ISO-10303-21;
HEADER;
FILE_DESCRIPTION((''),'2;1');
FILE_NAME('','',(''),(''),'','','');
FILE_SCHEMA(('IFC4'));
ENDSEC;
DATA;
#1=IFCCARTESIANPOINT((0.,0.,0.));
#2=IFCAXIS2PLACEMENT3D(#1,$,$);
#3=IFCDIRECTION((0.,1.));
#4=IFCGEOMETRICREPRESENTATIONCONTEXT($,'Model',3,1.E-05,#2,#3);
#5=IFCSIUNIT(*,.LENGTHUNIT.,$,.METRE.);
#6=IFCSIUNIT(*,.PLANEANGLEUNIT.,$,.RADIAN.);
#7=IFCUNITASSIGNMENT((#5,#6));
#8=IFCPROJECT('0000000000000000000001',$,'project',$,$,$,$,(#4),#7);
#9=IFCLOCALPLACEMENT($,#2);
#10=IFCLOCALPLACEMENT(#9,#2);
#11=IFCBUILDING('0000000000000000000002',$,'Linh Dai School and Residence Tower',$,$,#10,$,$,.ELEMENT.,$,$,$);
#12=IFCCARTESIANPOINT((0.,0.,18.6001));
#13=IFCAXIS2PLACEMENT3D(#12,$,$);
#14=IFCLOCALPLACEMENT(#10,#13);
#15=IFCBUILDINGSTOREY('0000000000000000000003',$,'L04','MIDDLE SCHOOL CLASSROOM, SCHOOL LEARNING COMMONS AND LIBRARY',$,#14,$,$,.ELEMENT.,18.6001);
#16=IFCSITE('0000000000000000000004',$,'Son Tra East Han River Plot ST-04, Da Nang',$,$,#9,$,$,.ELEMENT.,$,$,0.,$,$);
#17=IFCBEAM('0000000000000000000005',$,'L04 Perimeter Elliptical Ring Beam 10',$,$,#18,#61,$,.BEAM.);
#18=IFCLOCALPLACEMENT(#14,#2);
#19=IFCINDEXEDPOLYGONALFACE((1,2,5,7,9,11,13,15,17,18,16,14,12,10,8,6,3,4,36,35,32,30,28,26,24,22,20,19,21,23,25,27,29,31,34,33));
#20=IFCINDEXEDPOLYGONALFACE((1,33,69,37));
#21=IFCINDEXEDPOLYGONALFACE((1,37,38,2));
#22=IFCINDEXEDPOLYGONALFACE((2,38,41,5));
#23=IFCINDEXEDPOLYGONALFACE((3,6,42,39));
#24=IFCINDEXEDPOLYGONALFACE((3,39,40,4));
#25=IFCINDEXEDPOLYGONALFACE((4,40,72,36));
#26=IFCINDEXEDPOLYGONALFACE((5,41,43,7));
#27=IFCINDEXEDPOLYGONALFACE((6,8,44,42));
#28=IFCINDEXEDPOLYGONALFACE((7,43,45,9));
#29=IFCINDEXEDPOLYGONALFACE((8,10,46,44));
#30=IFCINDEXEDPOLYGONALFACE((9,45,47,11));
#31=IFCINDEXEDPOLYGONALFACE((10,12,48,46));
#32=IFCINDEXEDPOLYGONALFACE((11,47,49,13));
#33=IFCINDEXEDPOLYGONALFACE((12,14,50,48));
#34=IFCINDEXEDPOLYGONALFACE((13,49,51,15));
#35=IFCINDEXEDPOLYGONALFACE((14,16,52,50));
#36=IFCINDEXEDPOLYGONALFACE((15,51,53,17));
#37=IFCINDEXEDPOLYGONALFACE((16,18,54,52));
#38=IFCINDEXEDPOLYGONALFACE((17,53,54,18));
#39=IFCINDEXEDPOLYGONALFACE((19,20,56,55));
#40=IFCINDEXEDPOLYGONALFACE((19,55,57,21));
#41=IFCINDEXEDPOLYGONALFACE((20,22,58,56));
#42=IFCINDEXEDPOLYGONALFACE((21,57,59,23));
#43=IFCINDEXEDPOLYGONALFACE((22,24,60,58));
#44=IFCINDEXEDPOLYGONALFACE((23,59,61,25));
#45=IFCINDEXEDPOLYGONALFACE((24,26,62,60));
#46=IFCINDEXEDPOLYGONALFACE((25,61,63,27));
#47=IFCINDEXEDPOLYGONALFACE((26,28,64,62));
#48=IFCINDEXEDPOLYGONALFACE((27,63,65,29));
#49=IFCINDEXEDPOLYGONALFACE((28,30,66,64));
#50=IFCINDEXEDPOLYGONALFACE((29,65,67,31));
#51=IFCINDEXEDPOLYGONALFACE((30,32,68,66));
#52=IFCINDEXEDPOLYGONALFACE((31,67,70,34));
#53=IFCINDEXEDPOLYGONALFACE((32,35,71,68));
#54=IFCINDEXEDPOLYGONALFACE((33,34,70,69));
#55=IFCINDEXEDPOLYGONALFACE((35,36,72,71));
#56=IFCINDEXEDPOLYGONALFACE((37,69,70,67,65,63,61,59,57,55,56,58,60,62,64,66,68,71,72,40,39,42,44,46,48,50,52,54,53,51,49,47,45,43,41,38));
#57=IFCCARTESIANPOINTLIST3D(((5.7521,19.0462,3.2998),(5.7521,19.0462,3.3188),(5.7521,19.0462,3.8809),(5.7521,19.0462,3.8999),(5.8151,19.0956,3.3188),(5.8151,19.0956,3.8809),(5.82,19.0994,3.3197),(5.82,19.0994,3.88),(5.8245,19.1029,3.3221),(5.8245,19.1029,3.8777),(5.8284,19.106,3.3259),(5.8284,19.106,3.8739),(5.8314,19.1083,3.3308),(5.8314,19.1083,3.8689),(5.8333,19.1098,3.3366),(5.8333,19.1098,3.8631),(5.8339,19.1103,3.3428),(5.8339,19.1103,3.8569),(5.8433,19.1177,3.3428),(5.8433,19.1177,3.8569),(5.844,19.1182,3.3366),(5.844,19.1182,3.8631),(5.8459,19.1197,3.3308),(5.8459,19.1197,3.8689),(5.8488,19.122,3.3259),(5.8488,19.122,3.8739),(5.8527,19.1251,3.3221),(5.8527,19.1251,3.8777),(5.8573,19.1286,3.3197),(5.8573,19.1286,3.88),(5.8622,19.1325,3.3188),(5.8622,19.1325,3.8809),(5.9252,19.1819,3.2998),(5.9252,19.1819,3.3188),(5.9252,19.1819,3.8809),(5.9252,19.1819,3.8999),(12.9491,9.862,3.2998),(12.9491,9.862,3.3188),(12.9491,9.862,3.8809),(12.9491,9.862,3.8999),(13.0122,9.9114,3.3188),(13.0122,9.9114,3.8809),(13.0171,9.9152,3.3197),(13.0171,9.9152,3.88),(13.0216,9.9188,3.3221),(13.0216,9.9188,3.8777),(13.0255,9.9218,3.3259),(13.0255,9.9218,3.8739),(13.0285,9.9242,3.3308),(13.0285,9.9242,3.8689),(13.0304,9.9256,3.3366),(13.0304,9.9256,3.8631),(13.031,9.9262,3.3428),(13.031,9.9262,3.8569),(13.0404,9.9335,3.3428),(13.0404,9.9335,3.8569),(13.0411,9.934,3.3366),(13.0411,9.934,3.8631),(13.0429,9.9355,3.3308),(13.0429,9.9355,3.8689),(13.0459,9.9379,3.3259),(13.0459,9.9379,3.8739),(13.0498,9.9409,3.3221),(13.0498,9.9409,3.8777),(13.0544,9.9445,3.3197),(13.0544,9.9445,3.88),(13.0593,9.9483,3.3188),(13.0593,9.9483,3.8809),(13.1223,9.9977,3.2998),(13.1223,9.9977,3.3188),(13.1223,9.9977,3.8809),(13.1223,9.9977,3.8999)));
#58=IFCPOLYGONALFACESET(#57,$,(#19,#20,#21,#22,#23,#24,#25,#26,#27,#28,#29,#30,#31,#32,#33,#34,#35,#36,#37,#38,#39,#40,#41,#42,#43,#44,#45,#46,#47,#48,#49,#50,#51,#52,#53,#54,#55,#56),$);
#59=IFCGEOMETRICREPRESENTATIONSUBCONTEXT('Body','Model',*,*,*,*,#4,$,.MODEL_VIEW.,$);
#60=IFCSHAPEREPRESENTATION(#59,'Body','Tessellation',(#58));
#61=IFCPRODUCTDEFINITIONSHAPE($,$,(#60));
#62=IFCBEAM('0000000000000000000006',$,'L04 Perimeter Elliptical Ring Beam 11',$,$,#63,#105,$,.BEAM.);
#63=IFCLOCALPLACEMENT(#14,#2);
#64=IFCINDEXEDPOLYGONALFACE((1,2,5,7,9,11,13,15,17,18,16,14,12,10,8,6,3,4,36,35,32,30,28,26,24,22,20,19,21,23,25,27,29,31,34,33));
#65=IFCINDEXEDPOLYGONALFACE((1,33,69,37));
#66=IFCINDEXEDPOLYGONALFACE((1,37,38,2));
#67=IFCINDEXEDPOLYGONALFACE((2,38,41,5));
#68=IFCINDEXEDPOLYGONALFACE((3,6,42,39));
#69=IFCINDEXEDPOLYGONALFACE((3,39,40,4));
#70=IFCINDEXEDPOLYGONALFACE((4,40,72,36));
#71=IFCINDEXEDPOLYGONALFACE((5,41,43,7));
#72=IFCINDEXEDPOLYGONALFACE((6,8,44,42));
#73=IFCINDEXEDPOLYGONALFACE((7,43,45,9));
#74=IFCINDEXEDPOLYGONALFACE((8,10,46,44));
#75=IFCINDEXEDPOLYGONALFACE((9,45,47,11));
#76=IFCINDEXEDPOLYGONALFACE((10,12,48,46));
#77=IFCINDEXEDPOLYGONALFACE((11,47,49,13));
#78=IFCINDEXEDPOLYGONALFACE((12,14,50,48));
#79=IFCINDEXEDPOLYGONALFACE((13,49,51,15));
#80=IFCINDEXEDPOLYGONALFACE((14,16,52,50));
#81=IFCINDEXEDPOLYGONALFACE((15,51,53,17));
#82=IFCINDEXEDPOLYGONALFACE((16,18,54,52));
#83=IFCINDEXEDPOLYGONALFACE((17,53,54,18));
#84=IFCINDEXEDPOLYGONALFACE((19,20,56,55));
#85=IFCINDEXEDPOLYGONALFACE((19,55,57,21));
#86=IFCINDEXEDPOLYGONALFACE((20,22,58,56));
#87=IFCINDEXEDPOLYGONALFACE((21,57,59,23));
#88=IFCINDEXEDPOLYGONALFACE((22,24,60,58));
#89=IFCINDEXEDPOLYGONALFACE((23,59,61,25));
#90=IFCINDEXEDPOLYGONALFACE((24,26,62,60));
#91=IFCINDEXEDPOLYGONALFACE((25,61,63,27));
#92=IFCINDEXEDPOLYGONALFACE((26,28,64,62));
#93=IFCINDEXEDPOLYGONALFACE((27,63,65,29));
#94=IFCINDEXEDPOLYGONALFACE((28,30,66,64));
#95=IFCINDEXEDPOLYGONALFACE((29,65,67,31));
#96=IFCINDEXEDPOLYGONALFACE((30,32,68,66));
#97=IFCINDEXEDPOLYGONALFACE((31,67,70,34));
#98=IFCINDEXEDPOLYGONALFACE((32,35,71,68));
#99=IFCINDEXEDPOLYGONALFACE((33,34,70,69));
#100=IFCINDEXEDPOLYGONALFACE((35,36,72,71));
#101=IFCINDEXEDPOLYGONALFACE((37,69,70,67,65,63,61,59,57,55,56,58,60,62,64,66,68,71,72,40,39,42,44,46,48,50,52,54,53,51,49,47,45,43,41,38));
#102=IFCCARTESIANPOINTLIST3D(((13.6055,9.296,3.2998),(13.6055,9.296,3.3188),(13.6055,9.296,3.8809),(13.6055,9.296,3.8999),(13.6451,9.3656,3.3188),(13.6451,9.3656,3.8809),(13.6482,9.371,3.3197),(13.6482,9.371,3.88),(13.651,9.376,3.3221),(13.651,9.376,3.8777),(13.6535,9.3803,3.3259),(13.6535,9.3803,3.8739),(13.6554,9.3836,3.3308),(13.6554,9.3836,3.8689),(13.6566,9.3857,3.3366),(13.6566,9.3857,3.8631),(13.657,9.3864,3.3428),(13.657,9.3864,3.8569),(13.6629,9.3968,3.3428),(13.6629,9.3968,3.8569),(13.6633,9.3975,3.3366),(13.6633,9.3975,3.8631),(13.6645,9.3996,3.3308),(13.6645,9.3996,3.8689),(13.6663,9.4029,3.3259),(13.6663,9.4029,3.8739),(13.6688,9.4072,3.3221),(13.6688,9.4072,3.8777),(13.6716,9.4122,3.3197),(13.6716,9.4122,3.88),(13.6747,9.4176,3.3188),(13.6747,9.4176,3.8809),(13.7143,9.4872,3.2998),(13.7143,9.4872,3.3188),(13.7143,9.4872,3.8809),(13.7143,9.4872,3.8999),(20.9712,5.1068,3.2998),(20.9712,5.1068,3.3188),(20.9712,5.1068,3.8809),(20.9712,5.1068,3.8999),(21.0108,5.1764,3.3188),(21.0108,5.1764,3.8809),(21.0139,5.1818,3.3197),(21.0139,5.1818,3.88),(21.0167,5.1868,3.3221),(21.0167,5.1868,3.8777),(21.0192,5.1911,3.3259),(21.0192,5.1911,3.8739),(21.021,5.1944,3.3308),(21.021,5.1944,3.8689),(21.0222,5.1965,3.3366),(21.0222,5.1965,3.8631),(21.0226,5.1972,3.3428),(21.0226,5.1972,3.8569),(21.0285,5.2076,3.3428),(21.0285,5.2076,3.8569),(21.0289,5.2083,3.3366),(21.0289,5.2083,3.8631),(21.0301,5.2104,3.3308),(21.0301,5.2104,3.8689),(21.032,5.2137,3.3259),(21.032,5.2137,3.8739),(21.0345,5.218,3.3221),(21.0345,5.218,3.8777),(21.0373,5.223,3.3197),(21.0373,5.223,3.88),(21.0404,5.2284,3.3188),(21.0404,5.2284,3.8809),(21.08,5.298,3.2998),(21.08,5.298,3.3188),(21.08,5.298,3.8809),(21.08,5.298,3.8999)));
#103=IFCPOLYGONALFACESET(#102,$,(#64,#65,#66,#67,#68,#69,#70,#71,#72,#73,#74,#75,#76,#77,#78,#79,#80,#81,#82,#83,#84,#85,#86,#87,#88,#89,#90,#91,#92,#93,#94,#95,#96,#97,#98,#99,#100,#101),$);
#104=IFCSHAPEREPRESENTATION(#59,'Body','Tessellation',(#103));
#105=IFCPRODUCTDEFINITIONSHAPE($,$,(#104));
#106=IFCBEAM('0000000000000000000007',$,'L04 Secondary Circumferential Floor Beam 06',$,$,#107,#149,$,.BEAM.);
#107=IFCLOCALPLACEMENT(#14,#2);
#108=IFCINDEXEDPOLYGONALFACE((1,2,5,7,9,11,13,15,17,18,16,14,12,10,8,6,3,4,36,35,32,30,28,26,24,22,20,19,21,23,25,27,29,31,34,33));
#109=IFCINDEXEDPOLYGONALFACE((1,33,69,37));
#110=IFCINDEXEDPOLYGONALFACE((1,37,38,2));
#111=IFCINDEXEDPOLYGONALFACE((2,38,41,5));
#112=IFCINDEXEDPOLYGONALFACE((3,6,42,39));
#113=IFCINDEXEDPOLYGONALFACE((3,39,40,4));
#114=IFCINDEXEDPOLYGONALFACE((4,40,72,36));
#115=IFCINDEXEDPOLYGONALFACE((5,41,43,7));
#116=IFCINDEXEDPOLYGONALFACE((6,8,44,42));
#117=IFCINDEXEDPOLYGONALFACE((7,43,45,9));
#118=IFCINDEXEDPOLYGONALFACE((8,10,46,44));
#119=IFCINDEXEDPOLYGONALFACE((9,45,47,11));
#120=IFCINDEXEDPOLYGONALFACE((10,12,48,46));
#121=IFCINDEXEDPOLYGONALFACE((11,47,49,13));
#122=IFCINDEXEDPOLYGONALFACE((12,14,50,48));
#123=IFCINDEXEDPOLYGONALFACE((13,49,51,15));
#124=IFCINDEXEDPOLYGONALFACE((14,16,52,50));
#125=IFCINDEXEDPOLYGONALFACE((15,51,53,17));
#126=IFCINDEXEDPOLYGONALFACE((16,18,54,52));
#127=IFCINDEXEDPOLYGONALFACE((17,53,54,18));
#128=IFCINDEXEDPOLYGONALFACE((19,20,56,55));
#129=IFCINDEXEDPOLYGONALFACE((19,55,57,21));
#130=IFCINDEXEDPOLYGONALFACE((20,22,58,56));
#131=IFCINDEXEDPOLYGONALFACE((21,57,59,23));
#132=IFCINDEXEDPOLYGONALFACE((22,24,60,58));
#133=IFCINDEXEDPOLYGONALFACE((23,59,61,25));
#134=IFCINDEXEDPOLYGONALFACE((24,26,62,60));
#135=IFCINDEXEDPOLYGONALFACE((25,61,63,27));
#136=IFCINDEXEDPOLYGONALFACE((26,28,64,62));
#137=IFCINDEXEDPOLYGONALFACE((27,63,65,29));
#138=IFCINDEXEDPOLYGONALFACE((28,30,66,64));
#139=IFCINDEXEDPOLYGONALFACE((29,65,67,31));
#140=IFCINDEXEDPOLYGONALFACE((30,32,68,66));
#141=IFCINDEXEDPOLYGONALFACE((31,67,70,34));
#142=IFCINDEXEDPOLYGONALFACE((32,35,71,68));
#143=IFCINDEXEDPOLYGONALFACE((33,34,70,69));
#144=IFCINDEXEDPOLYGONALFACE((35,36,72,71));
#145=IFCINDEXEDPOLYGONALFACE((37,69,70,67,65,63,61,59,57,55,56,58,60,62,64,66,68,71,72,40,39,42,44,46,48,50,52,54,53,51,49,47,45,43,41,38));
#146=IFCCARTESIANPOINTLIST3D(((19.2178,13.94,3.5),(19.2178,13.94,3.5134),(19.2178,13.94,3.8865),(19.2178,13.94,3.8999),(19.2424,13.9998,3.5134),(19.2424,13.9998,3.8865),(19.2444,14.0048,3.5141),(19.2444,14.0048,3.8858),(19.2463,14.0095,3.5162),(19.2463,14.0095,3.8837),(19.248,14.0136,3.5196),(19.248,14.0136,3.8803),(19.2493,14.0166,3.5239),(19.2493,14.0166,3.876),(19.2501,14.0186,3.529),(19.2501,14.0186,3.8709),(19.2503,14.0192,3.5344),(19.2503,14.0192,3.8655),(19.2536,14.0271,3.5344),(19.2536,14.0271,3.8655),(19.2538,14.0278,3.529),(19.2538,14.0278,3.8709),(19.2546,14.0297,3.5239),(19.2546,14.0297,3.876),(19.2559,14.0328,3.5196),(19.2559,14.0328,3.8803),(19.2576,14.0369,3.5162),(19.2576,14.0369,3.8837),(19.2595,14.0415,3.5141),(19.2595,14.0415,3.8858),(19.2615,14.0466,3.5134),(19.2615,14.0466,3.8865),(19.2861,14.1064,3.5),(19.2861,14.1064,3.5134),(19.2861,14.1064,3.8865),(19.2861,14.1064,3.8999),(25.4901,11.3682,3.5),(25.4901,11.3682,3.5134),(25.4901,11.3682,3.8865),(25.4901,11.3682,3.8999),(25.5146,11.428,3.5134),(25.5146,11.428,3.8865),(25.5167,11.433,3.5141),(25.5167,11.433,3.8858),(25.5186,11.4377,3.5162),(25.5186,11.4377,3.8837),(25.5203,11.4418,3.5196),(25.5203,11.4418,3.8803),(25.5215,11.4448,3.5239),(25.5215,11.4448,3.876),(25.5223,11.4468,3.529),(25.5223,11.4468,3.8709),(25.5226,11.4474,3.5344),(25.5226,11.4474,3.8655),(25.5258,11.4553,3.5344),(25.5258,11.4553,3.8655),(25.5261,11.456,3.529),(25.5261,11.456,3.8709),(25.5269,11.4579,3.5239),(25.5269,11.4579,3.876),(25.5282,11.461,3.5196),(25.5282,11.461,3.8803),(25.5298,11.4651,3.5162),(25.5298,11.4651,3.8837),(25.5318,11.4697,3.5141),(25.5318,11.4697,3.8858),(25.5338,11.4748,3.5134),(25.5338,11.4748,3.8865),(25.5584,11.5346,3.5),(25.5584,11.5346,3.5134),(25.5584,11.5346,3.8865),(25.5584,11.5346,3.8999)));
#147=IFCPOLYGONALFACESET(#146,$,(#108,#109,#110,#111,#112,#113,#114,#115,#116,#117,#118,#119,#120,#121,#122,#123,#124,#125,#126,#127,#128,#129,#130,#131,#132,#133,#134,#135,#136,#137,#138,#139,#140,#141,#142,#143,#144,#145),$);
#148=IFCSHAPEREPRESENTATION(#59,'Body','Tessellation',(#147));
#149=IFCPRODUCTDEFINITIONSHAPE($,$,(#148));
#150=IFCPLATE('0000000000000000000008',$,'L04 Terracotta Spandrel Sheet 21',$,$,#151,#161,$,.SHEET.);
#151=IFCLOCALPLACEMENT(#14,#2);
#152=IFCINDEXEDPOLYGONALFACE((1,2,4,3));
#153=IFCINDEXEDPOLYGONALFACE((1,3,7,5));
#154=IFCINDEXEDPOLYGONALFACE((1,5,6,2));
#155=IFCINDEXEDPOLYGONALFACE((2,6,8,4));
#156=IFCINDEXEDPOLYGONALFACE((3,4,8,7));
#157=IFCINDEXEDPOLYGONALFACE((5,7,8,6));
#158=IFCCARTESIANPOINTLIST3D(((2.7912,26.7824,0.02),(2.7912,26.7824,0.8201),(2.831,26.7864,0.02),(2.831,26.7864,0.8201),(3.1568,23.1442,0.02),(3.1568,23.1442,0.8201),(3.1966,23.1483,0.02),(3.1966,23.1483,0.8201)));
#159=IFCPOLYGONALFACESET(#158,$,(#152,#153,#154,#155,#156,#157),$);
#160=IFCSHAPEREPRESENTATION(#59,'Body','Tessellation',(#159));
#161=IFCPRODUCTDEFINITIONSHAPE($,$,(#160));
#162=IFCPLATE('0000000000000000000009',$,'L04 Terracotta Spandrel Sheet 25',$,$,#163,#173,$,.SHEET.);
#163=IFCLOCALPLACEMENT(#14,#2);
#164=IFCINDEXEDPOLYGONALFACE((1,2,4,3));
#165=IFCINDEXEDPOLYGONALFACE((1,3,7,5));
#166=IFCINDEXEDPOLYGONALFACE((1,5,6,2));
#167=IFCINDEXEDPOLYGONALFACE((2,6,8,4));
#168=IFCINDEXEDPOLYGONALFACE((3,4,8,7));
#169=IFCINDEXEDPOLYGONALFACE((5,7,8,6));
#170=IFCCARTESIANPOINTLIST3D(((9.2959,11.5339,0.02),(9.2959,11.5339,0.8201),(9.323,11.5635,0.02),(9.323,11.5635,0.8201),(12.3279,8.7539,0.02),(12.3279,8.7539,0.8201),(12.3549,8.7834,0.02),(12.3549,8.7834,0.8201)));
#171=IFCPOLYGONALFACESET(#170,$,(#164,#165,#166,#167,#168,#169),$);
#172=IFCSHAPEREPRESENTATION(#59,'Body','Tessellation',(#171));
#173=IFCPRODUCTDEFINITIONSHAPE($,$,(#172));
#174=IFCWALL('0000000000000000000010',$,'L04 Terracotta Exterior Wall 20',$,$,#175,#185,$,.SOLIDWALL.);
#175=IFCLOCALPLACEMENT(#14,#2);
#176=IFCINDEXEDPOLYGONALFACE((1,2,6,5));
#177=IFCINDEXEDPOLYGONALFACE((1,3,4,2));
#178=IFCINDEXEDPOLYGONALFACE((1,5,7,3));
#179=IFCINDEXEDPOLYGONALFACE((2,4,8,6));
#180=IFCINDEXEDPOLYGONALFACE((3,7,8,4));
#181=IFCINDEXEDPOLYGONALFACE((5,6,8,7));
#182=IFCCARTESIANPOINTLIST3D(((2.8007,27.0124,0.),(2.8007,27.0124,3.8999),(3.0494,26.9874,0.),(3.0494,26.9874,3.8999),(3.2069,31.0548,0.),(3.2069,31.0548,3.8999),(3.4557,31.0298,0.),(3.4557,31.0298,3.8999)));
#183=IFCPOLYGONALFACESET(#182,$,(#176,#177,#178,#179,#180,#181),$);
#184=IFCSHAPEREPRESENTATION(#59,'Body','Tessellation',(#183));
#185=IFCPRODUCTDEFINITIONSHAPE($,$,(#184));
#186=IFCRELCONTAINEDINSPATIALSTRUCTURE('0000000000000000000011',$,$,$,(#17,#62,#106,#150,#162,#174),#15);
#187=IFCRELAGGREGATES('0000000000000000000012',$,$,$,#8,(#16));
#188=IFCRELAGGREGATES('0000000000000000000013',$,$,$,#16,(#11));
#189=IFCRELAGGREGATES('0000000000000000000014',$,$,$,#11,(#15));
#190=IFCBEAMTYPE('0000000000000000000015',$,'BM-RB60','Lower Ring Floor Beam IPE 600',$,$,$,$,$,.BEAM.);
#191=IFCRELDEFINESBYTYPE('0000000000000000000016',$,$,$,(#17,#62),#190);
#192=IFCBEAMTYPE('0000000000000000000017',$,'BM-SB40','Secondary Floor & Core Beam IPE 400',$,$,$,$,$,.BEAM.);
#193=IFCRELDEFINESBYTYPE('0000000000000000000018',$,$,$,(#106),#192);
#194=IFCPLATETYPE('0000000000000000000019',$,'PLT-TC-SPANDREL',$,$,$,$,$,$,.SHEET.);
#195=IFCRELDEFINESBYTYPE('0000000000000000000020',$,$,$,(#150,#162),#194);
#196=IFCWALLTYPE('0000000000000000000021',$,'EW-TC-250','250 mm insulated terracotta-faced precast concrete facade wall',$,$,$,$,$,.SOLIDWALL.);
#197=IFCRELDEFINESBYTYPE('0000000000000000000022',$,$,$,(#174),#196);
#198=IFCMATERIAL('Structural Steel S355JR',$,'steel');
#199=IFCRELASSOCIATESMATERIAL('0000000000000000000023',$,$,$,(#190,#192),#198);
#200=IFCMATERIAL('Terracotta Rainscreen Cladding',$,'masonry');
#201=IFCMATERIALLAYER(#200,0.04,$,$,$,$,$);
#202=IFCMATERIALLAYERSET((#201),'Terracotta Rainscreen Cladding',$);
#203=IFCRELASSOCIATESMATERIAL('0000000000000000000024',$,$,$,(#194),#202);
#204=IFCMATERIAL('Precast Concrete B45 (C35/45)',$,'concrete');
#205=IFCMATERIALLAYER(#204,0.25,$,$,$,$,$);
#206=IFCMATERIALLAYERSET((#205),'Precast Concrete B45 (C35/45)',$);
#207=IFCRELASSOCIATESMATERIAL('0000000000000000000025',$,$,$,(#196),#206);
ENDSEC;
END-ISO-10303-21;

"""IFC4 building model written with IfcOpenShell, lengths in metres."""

from ifc_helpers import new_model, si_unit, direction, frame, frame_2d, origin, origin_2d, place, context, subcontext, project, spatial, rectangle, i_section, extrude, source, transform, mapped, material, layer, layer_set, material_profile, profile_set, type_object, element, save


model = new_model("IFC4")

# Units and contexts
model_context = context("Model", 3, precision=1e-05, world=origin(), true_north=direction((0.0, 1.0)))
body_context = subcontext(model_context, "Body", "Model", "MODEL_VIEW")
ifc_project = project(units=[si_unit("LENGTHUNIT", "METRE"), si_unit("PLANEANGLEUNIT", "RADIAN")], contexts=[model_context])

# Site, building, storey
site_placement = place(None, origin())
site = spatial("IfcSite", under=ifc_project, at=site_placement, Name="Son Tra East Han River Plot ST-04, Da Nang", CompositionType="ELEMENT", RefElevation=0.0)
building_placement = place(site_placement, origin())
building = spatial("IfcBuilding", under=site, at=building_placement, Name="Linh Dai School and Residence Tower", CompositionType="ELEMENT")
storey_placement = place(building_placement, frame((0.0, 0.0, 18.6001)))
storey = spatial("IfcBuildingStorey", under=building, at=storey_placement, Name="L04", Description="MIDDLE SCHOOL CLASSROOM, SCHOOL LEARNING COMMONS AND LIBRARY", CompositionType="ELEMENT", Elevation=18.6001)

# Shared definitions
ifc_material_1 = material(Name="Structural Steel S355JR", Category="steel")

# Beams
ifc_material_profile_1 = material_profile(ifc_material_1, i_section(OverallWidth=0.22, OverallDepth=0.6001, WebThickness=0.012, FlangeThickness=0.019, FilletRadius=0.0239, at=origin_2d()), Name="IPE 600")
ifc_profile_set_1 = profile_set([ifc_material_profile_1], Name="Structural Steel S355JR")
beam_type_1 = type_object("IfcBeamType", Name="BM-RB60", Description="Lower Ring Floor Beam IPE 600", PredefinedType="BEAM", material=ifc_profile_set_1)
beam_1_placement = place(storey_placement, frame((5.8386, 19.114, 3.5999), z_axis=(0.616812, -0.787111, 0.0), x_axis=(0.787111, 0.616812, 0.0)))
element("IfcBeam", 1, at=beam_1_placement, inside=storey, type_object=beam_type_1, Name="L04 Perimeter Elliptical Ring Beam 10", PredefinedType="BEAM", context=body_context, shape_type="SweptSolid", body=[
    extrude(i_section(OverallWidth=0.22, OverallDepth=0.6001, WebThickness=0.012, FlangeThickness=0.019, FilletRadius=0.0239, at=origin_2d()), origin(), (0.0, 0.0, 1.0), 11.6682),
])
beam_2_placement = place(storey_placement, frame((13.6599, 9.3916, 3.5999), z_axis=(0.869247, -0.494379, 0.0), x_axis=(0.494379, 0.869247, 0.0)))
element("IfcBeam", 2, at=beam_2_placement, inside=storey, type_object=beam_type_1, Name="L04 Perimeter Elliptical Ring Beam 11", PredefinedType="BEAM", context=body_context, shape_type="SweptSolid", body=[
    extrude(i_section(OverallWidth=0.22, OverallDepth=0.6001, WebThickness=0.012, FlangeThickness=0.019, FilletRadius=0.0239, at=origin_2d()), origin(), (0.0, 0.0, 1.0), 8.4736),
])
ifc_material_profile_2 = material_profile(ifc_material_1, i_section(OverallWidth=0.1799, OverallDepth=0.3999, WebThickness=0.0085, FlangeThickness=0.0134, FilletRadius=0.021, at=origin_2d()), Name="IPE 400")
ifc_profile_set_2 = profile_set([ifc_material_profile_2], Name="Structural Steel S355JR")
beam_type_2 = type_object("IfcBeamType", Name="BM-SB40", Description="Secondary Floor & Core Beam IPE 400", PredefinedType="BEAM", material=ifc_profile_set_2)
beam_3_placement = place(storey_placement, frame((19.252, 14.0232, 3.7), z_axis=(0.925243, -0.379375, 0.0), x_axis=(0.379375, 0.925243, 0.0)))
element("IfcBeam", 3, at=beam_3_placement, inside=storey, type_object=beam_type_2, Name="L04 Secondary Circumferential Floor Beam 06", PredefinedType="BEAM", context=body_context, shape_type="SweptSolid", body=[
    extrude(i_section(OverallWidth=0.1799, OverallDepth=0.3999, WebThickness=0.0085, FlangeThickness=0.0134, FilletRadius=0.021, at=origin_2d()), origin(), (0.0, 0.0, 1.0), 6.7791),
])

# Plates
ifc_material_2 = material(Name="Terracotta Rainscreen Cladding", Category="masonry")
ifc_layer_1 = layer(ifc_material_2, 0.04)
ifc_layer_set_1 = layer_set([ifc_layer_1], Name="Terracotta Rainscreen Cladding")
plate_type = type_object("IfcPlateType", Name="PLT-TC-SPANDREL", PredefinedType="SHEET", material=ifc_layer_set_1)
shared_shape_1 = source(origin(), body_context, "Body", "SweptSolid", [
    extrude(rectangle(XDim=3.6565, YDim=0.04, at=origin_2d()), origin(), (0.0, 0.0, 1.0), 0.8),
])
plate_1_placement = place(storey_placement, frame((2.9939, 24.9653, 0.02), z_axis=(0.0, 0.0, 1.0), x_axis=(-0.099995, 0.994988, 0.0)))
element("IfcPlate", 4, at=plate_1_placement, inside=storey, type_object=plate_type, Name="L04 Terracotta Spandrel Sheet 21", PredefinedType="SHEET", context=body_context, shape_type="MappedRepresentation", body=[
    mapped(shared_shape_1, transform((0.0, 0.0, 0.0), x_axis=(1.0, 0.0, 0.0), y_axis=(0.0, 1.0, 0.0), z_axis=(0.0, 0.0, 1.0), scale=1.0)),
])
shared_shape_2 = source(origin(), body_context, "Body", "SweptSolid", [
    extrude(rectangle(XDim=4.1135, YDim=0.04, at=origin_2d()), origin(), (0.0, 0.0, 1.0), 0.8),
])
plate_2_placement = place(storey_placement, frame((10.8254, 10.1587, 0.02), z_axis=(0.0, 0.0, 1.0), x_axis=(-0.737062, 0.675825, 0.0)))
element("IfcPlate", 5, at=plate_2_placement, inside=storey, type_object=plate_type, Name="L04 Terracotta Spandrel Sheet 25", PredefinedType="SHEET", context=body_context, shape_type="MappedRepresentation", body=[
    mapped(shared_shape_2, transform((0.0, 0.0, 0.0), x_axis=(1.0, 0.0, 0.0), y_axis=(0.0, 1.0, 0.0), z_axis=(0.0, 0.0, 1.0), scale=1.0)),
])

# Wall
ifc_material_3 = material(Name="Precast Concrete B45 (C35/45)", Category="concrete")
ifc_layer_2 = layer(ifc_material_3, 0.25)
ifc_layer_set_2 = layer_set([ifc_layer_2], Name="Precast Concrete B45 (C35/45)")
wall_type_1 = type_object("IfcWallType", Name="EW-TC-250", Description="250 mm insulated terracotta-faced precast concrete facade wall", PredefinedType="SOLIDWALL", material=ifc_layer_set_2)
for number, where, z_axis, x_axis, name in (
    (6, (2.925, 27.0, 0.0), (0.0, 0.0, 1.0), (0.099992, 0.994988, 0.0), "L04 Terracotta Exterior Wall 20"),
):
    element("IfcWall", number, at=place(storey_placement, frame(where, z_axis=z_axis, x_axis=x_axis)), inside=storey, type_object=wall_type_1, Name=name, PredefinedType="SOLIDWALL", context=body_context, shape_type="SweptSolid", body=[
        extrude(rectangle(XDim=4.0627, YDim=0.25, at=frame_2d((2.0312, 0.0))), origin(), (0.0, 0.0, 1.0), 3.8999),
    ])

save(model, "model.ifc")
